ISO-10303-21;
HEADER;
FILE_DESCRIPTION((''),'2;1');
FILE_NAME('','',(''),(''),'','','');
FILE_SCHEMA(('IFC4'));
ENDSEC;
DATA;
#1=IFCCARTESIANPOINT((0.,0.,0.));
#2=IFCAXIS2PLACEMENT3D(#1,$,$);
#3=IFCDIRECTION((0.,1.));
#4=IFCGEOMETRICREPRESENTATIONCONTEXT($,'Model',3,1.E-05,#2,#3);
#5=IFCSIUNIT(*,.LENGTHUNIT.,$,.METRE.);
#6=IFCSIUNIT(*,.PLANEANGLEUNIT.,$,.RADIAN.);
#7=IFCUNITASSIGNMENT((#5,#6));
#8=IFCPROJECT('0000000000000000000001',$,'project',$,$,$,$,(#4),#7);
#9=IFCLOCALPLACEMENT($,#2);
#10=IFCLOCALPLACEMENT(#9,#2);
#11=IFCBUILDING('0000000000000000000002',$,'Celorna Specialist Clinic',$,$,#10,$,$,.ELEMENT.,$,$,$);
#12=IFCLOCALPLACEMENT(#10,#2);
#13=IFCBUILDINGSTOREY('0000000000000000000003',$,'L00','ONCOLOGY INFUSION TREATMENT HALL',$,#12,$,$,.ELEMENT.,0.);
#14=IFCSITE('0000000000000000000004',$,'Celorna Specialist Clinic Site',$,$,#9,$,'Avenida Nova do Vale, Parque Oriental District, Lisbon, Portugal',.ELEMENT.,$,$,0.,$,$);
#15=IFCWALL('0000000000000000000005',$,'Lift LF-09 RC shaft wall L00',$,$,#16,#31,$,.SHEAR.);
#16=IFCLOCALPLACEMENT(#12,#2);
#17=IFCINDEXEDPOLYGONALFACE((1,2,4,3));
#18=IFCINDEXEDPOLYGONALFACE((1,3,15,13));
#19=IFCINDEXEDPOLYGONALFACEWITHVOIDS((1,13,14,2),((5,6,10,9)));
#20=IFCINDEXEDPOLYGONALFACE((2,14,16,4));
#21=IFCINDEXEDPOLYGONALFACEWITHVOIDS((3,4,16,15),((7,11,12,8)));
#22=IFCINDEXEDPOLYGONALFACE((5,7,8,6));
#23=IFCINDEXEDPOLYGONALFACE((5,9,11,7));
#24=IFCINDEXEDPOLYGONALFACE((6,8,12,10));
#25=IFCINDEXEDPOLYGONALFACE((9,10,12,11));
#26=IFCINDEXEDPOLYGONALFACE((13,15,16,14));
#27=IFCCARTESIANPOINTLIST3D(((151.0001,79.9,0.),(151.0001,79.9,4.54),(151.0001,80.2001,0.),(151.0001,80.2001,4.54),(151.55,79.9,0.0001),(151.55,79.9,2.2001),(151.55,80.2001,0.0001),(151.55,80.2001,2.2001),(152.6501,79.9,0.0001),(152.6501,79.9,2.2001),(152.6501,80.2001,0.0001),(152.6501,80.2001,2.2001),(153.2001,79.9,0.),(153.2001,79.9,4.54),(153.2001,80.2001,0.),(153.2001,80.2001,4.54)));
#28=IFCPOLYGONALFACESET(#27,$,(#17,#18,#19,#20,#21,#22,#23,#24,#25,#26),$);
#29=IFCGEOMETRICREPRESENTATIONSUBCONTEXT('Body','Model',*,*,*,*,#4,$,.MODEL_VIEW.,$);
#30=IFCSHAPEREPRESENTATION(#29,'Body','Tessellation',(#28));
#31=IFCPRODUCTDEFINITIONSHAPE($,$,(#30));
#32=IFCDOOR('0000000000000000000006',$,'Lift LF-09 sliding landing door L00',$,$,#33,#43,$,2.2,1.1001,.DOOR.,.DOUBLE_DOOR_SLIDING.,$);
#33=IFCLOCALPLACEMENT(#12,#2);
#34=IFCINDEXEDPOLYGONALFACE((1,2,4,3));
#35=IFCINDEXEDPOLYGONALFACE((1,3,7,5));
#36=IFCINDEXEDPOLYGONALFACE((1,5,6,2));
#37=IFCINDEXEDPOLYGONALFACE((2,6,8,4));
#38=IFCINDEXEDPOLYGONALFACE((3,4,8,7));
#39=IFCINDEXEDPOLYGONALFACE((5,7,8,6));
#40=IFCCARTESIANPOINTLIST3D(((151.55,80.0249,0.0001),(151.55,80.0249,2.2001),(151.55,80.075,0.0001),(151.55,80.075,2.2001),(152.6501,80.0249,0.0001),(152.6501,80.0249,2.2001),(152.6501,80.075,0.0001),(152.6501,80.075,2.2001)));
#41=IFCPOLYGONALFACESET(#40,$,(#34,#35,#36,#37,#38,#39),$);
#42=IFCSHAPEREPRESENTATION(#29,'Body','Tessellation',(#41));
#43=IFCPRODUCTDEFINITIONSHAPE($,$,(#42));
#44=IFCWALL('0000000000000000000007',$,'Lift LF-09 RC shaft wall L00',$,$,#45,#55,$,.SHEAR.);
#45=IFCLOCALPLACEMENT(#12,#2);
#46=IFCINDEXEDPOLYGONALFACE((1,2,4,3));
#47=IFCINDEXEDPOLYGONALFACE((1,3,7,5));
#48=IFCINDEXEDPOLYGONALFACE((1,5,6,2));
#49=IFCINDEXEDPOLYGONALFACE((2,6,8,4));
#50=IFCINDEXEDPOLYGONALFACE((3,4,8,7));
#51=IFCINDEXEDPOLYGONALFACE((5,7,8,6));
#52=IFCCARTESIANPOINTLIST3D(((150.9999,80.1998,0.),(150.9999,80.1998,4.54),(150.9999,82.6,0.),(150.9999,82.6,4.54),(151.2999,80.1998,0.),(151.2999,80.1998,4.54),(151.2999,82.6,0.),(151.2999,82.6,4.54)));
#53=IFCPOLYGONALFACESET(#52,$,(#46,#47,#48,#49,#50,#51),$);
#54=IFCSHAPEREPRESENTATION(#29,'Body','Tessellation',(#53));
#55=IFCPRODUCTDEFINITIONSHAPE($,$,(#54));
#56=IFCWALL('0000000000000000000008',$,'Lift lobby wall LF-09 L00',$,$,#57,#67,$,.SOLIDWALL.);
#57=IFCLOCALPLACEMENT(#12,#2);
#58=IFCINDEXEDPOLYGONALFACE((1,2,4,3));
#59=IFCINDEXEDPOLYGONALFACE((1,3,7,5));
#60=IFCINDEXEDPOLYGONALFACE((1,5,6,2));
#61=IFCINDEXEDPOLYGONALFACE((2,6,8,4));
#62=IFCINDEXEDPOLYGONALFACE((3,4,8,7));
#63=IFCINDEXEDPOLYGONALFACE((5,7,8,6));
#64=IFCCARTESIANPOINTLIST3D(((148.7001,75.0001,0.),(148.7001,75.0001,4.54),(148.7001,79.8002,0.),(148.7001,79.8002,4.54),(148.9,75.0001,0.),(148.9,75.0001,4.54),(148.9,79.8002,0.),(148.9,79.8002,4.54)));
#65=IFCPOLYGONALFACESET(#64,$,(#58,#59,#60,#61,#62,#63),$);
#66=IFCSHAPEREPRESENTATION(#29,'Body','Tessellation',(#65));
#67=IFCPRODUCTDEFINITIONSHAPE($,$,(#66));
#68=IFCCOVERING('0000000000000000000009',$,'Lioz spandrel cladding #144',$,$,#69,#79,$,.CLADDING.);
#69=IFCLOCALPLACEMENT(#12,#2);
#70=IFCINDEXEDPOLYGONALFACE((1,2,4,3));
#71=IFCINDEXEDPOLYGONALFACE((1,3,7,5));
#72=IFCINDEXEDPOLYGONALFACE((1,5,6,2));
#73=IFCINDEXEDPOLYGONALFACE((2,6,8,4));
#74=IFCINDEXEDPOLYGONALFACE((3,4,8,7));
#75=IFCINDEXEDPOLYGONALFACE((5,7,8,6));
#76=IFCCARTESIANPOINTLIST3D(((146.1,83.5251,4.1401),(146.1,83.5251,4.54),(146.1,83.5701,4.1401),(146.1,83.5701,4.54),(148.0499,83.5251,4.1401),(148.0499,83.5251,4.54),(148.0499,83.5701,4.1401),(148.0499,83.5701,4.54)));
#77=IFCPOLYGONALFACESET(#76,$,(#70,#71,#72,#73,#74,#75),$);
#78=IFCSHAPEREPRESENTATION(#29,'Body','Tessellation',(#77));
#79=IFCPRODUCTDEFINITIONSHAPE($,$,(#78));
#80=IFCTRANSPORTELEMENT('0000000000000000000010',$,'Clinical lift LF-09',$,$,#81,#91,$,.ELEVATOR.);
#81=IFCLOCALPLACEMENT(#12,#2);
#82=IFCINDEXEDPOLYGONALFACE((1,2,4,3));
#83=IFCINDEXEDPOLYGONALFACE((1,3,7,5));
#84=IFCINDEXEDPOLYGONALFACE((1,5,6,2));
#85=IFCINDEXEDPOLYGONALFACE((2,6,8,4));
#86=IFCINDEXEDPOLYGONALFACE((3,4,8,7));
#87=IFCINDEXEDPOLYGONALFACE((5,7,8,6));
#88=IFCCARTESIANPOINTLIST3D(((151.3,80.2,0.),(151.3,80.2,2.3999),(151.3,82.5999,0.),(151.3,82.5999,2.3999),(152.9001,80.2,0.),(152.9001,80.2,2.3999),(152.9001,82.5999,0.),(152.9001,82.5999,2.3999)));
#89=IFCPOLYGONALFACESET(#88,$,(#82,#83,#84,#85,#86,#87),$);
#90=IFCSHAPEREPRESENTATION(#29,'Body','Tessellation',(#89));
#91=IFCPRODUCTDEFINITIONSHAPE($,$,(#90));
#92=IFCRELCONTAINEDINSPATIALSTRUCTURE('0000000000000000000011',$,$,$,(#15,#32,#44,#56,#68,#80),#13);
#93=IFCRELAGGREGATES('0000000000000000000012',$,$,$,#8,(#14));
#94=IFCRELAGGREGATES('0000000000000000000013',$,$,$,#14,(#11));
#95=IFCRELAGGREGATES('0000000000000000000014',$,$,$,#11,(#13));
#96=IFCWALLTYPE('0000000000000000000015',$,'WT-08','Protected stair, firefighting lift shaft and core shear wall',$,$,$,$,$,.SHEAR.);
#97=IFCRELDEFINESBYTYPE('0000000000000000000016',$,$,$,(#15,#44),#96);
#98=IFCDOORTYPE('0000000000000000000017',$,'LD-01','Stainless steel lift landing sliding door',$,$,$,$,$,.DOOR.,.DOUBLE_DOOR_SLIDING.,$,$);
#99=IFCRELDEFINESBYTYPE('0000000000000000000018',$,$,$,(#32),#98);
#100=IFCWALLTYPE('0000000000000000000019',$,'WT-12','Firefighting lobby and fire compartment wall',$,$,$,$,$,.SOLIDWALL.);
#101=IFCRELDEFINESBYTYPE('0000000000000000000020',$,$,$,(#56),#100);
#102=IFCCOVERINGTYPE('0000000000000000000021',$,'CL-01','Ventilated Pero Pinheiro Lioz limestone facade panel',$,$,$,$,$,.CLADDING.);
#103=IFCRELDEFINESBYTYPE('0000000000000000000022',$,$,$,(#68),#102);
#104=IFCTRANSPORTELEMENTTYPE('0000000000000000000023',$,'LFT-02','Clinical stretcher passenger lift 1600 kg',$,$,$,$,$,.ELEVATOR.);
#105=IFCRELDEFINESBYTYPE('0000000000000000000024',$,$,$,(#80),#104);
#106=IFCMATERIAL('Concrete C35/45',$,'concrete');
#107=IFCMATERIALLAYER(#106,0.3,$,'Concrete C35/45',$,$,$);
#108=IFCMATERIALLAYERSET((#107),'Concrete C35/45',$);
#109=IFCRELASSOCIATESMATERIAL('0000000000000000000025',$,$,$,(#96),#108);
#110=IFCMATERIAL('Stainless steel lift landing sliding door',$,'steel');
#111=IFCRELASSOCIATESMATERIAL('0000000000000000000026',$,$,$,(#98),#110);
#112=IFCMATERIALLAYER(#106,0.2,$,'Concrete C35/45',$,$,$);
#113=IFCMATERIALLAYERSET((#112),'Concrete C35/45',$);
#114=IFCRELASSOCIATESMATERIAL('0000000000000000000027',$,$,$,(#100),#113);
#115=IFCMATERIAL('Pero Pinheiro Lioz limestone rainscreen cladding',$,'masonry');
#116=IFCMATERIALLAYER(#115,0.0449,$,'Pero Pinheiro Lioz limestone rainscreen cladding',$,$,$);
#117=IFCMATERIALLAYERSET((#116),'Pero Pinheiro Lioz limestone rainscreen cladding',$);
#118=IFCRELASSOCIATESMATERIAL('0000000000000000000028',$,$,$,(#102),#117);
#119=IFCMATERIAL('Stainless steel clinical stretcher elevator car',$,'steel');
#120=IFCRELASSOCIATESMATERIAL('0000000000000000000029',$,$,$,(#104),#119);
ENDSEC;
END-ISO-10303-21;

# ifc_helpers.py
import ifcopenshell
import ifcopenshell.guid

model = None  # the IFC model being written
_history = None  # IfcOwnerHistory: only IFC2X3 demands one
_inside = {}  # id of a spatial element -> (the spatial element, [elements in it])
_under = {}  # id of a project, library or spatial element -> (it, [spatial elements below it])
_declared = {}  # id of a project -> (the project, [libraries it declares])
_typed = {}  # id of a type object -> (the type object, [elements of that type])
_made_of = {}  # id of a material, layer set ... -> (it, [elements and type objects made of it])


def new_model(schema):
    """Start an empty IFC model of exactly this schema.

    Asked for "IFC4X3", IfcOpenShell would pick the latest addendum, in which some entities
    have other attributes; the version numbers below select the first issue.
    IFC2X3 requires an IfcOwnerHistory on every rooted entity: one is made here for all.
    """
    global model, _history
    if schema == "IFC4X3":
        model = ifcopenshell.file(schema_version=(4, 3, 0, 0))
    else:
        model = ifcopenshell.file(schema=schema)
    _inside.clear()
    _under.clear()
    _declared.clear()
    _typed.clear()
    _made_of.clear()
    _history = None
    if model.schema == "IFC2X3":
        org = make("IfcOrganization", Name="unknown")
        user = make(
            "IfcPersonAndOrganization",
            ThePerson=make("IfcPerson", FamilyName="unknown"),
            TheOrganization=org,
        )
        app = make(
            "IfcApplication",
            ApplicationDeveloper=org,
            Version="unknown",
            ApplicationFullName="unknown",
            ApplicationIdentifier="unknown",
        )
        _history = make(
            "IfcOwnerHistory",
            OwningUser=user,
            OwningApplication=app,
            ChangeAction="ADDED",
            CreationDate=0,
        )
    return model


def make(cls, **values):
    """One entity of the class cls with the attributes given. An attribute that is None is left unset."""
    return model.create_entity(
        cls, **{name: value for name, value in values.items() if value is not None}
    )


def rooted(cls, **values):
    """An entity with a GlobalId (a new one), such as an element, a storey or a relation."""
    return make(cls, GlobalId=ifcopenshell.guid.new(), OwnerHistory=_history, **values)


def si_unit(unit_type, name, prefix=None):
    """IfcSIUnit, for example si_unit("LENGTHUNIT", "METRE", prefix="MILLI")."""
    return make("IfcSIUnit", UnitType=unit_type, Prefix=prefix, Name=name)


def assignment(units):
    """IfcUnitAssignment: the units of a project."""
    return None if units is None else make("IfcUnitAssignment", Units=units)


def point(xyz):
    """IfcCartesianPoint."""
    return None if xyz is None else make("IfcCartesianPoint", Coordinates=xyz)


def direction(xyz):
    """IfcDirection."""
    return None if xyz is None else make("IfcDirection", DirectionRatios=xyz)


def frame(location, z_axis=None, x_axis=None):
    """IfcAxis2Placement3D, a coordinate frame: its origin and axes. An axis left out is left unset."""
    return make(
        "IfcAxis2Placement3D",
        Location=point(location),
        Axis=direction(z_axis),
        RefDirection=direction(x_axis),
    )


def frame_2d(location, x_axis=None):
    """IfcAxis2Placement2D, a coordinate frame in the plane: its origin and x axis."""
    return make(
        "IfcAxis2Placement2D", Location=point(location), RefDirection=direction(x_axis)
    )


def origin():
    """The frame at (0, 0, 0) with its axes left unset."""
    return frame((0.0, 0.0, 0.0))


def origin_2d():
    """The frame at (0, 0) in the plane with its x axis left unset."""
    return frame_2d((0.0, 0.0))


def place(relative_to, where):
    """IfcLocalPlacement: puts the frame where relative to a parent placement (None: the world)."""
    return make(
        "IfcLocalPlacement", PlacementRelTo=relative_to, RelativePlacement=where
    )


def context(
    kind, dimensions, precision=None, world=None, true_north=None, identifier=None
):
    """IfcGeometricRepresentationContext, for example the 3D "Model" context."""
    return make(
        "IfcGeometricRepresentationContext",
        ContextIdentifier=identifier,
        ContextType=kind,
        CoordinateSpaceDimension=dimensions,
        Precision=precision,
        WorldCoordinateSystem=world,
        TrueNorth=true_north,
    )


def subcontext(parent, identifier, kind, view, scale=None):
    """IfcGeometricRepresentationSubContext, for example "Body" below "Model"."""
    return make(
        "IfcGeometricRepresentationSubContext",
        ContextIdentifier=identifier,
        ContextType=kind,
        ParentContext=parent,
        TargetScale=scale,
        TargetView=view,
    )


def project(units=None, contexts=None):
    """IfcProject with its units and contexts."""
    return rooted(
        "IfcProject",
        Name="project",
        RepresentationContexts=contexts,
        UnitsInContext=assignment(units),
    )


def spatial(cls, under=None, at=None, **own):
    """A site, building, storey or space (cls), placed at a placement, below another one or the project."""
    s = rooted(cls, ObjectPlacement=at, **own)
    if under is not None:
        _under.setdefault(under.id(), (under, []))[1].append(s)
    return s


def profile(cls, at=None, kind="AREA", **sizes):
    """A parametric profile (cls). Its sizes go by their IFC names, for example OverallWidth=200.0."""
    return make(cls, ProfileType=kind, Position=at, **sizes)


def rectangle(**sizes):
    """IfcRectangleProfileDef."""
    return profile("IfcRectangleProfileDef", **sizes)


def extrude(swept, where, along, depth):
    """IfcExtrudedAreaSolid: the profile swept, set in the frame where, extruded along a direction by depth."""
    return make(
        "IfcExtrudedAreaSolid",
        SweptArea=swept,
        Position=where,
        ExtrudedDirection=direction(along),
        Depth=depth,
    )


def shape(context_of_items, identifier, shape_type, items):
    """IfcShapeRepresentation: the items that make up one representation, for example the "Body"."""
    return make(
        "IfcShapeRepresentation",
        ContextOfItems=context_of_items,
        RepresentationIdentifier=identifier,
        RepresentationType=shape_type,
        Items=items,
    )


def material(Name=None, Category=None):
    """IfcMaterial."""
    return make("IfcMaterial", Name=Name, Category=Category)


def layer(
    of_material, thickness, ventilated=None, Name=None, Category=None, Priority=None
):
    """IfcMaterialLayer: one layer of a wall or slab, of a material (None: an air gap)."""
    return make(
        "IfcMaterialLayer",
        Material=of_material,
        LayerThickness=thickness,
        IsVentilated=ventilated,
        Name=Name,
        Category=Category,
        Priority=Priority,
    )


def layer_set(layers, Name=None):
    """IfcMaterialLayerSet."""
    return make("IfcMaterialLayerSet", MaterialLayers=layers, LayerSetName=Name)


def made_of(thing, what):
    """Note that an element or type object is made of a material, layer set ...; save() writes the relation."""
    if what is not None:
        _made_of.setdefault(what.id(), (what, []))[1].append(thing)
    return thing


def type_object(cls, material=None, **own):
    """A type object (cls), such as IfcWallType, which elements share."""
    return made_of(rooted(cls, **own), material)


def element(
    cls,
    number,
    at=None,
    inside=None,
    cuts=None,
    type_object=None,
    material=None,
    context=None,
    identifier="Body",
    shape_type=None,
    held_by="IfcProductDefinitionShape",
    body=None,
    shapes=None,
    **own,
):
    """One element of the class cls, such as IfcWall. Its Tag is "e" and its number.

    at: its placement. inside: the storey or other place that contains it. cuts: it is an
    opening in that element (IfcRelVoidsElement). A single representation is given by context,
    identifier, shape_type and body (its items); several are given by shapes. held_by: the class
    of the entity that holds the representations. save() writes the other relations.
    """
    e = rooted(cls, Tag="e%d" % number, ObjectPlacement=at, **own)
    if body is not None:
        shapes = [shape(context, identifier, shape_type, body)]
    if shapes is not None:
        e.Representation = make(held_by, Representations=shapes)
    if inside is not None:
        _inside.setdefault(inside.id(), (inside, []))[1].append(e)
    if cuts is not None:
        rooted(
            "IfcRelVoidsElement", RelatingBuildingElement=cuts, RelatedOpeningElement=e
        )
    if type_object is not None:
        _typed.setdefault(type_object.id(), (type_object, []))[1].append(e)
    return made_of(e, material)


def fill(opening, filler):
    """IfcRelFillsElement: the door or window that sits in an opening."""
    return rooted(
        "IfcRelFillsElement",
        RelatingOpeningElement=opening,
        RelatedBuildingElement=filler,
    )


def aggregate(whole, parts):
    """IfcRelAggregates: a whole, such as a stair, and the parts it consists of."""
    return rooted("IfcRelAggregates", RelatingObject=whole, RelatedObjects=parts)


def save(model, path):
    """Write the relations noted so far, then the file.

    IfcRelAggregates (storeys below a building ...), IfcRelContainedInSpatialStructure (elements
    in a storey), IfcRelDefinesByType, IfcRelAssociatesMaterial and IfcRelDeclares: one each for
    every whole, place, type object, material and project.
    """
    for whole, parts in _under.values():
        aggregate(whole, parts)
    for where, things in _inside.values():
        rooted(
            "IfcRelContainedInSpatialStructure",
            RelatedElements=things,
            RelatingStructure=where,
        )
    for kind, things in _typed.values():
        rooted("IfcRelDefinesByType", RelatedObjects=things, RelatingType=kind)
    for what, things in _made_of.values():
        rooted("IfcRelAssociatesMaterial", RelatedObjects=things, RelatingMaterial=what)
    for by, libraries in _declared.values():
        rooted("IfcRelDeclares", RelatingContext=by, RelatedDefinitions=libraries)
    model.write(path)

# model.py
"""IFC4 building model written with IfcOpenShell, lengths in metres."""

from ifc_helpers import new_model, si_unit, direction, frame, frame_2d, origin, origin_2d, place, context, subcontext, project, spatial, rectangle, extrude, material, layer, layer_set, type_object, element, fill, save


model = new_model("IFC4")

# Units and contexts
model_context = context("Model", 3, precision=1e-05, world=origin(), true_north=direction((0.0, 1.0)))
body_context = subcontext(model_context, "Body", "Model", "MODEL_VIEW")
ifc_project = project(units=[si_unit("LENGTHUNIT", "METRE"), si_unit("PLANEANGLEUNIT", "RADIAN")], contexts=[model_context])

# Site, building, storey
site_placement = place(None, origin())
site = spatial("IfcSite", under=ifc_project, at=site_placement, Name="Celorna Specialist Clinic Site", LongName="Avenida Nova do Vale, Parque Oriental District, Lisbon, Portugal", CompositionType="ELEMENT", RefElevation=0.0)
building_placement = place(site_placement, origin())
building = spatial("IfcBuilding", under=site, at=building_placement, Name="Celorna Specialist Clinic", CompositionType="ELEMENT")
storey_placement = place(building_placement, origin())
storey = spatial("IfcBuildingStorey", under=building, at=storey_placement, Name="L00", Description="ONCOLOGY INFUSION TREATMENT HALL", CompositionType="ELEMENT", Elevation=0.0)

# Wall, opening, door
ifc_material_1 = material(Name="Concrete C35/45", Category="concrete")
ifc_layer_1 = layer(ifc_material_1, 0.3, Name="Concrete C35/45")
ifc_layer_set_1 = layer_set([ifc_layer_1], Name="Concrete C35/45")
wall_type_1 = type_object("IfcWallType", Name="WT-08", Description="Protected stair, firefighting lift shaft and core shear wall", PredefinedType="SHEAR", material=ifc_layer_set_1)
wall_1_placement = place(storey_placement, frame((151.0, 80.05, 0.0), z_axis=(0.0, 0.0, 1.0), x_axis=(1.0, 0.0, 0.0)))
wall_1 = element("IfcWall", 1, at=wall_1_placement, inside=storey, type_object=wall_type_1, Name="Lift LF-09 RC shaft wall L00", PredefinedType="SHEAR", context=body_context, shape_type="SweptSolid", body=[
    extrude(rectangle(XDim=2.2, YDim=0.3, at=frame_2d((1.1001, 0.0))), origin(), (0.0, 0.0, 1.0), 4.54),
])
opening_placement = place(wall_1_placement, frame((0.55, 0.0, 0.0)))
opening = element("IfcOpeningElement", 2, at=opening_placement, cuts=wall_1, PredefinedType="OPENING", context=body_context, shape_type="SweptSolid", body=[
    extrude(rectangle(XDim=1.1001, YDim=2.2, at=frame_2d((0.55, 1.1001))), frame((0.0, 0.1599, 0.0), z_axis=(0.0, -1.0, 0.0), x_axis=(1.0, 0.0, 0.0)), (0.0, 0.0, 1.0), 0.3201),
])
ifc_material_2 = material(Name="Stainless steel lift landing sliding door", Category="steel")
door_type = type_object("IfcDoorType", Name="LD-01", Description="Stainless steel lift landing sliding door", OperationType="DOUBLE_DOOR_SLIDING", PredefinedType="DOOR", material=ifc_material_2)
door_placement = place(opening_placement, origin())
door = element("IfcDoor", 3, at=door_placement, inside=storey, type_object=door_type, Name="Lift LF-09 sliding landing door L00", OperationType="DOUBLE_DOOR_SLIDING", OverallHeight=2.2, OverallWidth=1.1001, PredefinedType="DOOR", context=body_context, shape_type="SweptSolid", body=[
    extrude(rectangle(XDim=1.1001, YDim=2.2, at=frame_2d((0.55, 1.1001))), frame((0.0, 0.0249, 0.0), z_axis=(0.0, -1.0, 0.0), x_axis=(1.0, 0.0, 0.0)), (0.0, 0.0, 1.0), 0.05),
])
fill(opening, door)

# Walls
wall_2_placement = place(storey_placement, frame((151.1499, 82.6001, 0.0), z_axis=(0.0, 0.0, 1.0), x_axis=(0.0, -1.0, 0.0)))
element("IfcWall", 4, at=wall_2_placement, inside=storey, type_object=wall_type_1, Name="Lift LF-09 RC shaft wall L00", PredefinedType="SHEAR", context=body_context, shape_type="SweptSolid", body=[
    extrude(rectangle(XDim=2.4001, YDim=0.3, at=frame_2d((1.2002, 0.0))), origin(), (0.0, 0.0, 1.0), 4.54),
])
ifc_layer_2 = layer(ifc_material_1, 0.2, Name="Concrete C35/45")
ifc_layer_set_2 = layer_set([ifc_layer_2], Name="Concrete C35/45")
wall_type_2 = type_object("IfcWallType", Name="WT-12", Description="Firefighting lobby and fire compartment wall", PredefinedType="SOLIDWALL", material=ifc_layer_set_2)
wall_3_placement = place(storey_placement, frame((148.8, 79.8, 0.0), z_axis=(0.0, 0.0, 1.0), x_axis=(0.0, -1.0, 0.0)))
element("IfcWall", 5, at=wall_3_placement, inside=storey, type_object=wall_type_2, Name="Lift lobby wall LF-09 L00", PredefinedType="SOLIDWALL", context=body_context, shape_type="SweptSolid", body=[
    extrude(rectangle(XDim=4.8, YDim=0.2, at=frame_2d((2.3999, 0.0))), origin(), (0.0, 0.0, 1.0), 4.54),
])

# Covering
ifc_material_3 = material(Name="Pero Pinheiro Lioz limestone rainscreen cladding", Category="masonry")
ifc_layer_3 = layer(ifc_material_3, 0.0449, Name="Pero Pinheiro Lioz limestone rainscreen cladding")
ifc_layer_set_3 = layer_set([ifc_layer_3], Name="Pero Pinheiro Lioz limestone rainscreen cladding")
covering_type = type_object("IfcCoveringType", Name="CL-01", Description="Ventilated Pero Pinheiro Lioz limestone facade panel", PredefinedType="CLADDING", material=ifc_layer_set_3)
covering_placement = place(storey_placement, frame((147.075, 83.5476, 4.1401), z_axis=(0.0, 0.0, 1.0), x_axis=(1.0, 0.0, 0.0)))
element("IfcCovering", 6, at=covering_placement, inside=storey, type_object=covering_type, Name="Lioz spandrel cladding #144", PredefinedType="CLADDING", context=body_context, shape_type="SweptSolid", body=[
    extrude(rectangle(XDim=1.95, YDim=0.0449, at=origin_2d()), origin(), (0.0, 0.0, 1.0), 0.3999),
])

# Transport element
ifc_material_4 = material(Name="Stainless steel clinical stretcher elevator car", Category="steel")
transport_element_type = type_object("IfcTransportElementType", Name="LFT-02", Description="Clinical stretcher passenger lift 1600 kg", PredefinedType="ELEVATOR", material=ifc_material_4)
transport_element_placement = place(storey_placement, frame((152.1001, 81.3999, 0.0), z_axis=(0.0, 0.0, 1.0), x_axis=(1.0, 0.0, 0.0)))
element("IfcTransportElement", 7, at=transport_element_placement, inside=storey, type_object=transport_element_type, Name="Clinical lift LF-09", PredefinedType="ELEVATOR", context=body_context, shape_type="SweptSolid", body=[
    extrude(rectangle(XDim=1.6001, YDim=2.3999, at=origin_2d()), origin(), (0.0, 0.0, 1.0), 2.3999),
])

save(model, "model.ifc")
